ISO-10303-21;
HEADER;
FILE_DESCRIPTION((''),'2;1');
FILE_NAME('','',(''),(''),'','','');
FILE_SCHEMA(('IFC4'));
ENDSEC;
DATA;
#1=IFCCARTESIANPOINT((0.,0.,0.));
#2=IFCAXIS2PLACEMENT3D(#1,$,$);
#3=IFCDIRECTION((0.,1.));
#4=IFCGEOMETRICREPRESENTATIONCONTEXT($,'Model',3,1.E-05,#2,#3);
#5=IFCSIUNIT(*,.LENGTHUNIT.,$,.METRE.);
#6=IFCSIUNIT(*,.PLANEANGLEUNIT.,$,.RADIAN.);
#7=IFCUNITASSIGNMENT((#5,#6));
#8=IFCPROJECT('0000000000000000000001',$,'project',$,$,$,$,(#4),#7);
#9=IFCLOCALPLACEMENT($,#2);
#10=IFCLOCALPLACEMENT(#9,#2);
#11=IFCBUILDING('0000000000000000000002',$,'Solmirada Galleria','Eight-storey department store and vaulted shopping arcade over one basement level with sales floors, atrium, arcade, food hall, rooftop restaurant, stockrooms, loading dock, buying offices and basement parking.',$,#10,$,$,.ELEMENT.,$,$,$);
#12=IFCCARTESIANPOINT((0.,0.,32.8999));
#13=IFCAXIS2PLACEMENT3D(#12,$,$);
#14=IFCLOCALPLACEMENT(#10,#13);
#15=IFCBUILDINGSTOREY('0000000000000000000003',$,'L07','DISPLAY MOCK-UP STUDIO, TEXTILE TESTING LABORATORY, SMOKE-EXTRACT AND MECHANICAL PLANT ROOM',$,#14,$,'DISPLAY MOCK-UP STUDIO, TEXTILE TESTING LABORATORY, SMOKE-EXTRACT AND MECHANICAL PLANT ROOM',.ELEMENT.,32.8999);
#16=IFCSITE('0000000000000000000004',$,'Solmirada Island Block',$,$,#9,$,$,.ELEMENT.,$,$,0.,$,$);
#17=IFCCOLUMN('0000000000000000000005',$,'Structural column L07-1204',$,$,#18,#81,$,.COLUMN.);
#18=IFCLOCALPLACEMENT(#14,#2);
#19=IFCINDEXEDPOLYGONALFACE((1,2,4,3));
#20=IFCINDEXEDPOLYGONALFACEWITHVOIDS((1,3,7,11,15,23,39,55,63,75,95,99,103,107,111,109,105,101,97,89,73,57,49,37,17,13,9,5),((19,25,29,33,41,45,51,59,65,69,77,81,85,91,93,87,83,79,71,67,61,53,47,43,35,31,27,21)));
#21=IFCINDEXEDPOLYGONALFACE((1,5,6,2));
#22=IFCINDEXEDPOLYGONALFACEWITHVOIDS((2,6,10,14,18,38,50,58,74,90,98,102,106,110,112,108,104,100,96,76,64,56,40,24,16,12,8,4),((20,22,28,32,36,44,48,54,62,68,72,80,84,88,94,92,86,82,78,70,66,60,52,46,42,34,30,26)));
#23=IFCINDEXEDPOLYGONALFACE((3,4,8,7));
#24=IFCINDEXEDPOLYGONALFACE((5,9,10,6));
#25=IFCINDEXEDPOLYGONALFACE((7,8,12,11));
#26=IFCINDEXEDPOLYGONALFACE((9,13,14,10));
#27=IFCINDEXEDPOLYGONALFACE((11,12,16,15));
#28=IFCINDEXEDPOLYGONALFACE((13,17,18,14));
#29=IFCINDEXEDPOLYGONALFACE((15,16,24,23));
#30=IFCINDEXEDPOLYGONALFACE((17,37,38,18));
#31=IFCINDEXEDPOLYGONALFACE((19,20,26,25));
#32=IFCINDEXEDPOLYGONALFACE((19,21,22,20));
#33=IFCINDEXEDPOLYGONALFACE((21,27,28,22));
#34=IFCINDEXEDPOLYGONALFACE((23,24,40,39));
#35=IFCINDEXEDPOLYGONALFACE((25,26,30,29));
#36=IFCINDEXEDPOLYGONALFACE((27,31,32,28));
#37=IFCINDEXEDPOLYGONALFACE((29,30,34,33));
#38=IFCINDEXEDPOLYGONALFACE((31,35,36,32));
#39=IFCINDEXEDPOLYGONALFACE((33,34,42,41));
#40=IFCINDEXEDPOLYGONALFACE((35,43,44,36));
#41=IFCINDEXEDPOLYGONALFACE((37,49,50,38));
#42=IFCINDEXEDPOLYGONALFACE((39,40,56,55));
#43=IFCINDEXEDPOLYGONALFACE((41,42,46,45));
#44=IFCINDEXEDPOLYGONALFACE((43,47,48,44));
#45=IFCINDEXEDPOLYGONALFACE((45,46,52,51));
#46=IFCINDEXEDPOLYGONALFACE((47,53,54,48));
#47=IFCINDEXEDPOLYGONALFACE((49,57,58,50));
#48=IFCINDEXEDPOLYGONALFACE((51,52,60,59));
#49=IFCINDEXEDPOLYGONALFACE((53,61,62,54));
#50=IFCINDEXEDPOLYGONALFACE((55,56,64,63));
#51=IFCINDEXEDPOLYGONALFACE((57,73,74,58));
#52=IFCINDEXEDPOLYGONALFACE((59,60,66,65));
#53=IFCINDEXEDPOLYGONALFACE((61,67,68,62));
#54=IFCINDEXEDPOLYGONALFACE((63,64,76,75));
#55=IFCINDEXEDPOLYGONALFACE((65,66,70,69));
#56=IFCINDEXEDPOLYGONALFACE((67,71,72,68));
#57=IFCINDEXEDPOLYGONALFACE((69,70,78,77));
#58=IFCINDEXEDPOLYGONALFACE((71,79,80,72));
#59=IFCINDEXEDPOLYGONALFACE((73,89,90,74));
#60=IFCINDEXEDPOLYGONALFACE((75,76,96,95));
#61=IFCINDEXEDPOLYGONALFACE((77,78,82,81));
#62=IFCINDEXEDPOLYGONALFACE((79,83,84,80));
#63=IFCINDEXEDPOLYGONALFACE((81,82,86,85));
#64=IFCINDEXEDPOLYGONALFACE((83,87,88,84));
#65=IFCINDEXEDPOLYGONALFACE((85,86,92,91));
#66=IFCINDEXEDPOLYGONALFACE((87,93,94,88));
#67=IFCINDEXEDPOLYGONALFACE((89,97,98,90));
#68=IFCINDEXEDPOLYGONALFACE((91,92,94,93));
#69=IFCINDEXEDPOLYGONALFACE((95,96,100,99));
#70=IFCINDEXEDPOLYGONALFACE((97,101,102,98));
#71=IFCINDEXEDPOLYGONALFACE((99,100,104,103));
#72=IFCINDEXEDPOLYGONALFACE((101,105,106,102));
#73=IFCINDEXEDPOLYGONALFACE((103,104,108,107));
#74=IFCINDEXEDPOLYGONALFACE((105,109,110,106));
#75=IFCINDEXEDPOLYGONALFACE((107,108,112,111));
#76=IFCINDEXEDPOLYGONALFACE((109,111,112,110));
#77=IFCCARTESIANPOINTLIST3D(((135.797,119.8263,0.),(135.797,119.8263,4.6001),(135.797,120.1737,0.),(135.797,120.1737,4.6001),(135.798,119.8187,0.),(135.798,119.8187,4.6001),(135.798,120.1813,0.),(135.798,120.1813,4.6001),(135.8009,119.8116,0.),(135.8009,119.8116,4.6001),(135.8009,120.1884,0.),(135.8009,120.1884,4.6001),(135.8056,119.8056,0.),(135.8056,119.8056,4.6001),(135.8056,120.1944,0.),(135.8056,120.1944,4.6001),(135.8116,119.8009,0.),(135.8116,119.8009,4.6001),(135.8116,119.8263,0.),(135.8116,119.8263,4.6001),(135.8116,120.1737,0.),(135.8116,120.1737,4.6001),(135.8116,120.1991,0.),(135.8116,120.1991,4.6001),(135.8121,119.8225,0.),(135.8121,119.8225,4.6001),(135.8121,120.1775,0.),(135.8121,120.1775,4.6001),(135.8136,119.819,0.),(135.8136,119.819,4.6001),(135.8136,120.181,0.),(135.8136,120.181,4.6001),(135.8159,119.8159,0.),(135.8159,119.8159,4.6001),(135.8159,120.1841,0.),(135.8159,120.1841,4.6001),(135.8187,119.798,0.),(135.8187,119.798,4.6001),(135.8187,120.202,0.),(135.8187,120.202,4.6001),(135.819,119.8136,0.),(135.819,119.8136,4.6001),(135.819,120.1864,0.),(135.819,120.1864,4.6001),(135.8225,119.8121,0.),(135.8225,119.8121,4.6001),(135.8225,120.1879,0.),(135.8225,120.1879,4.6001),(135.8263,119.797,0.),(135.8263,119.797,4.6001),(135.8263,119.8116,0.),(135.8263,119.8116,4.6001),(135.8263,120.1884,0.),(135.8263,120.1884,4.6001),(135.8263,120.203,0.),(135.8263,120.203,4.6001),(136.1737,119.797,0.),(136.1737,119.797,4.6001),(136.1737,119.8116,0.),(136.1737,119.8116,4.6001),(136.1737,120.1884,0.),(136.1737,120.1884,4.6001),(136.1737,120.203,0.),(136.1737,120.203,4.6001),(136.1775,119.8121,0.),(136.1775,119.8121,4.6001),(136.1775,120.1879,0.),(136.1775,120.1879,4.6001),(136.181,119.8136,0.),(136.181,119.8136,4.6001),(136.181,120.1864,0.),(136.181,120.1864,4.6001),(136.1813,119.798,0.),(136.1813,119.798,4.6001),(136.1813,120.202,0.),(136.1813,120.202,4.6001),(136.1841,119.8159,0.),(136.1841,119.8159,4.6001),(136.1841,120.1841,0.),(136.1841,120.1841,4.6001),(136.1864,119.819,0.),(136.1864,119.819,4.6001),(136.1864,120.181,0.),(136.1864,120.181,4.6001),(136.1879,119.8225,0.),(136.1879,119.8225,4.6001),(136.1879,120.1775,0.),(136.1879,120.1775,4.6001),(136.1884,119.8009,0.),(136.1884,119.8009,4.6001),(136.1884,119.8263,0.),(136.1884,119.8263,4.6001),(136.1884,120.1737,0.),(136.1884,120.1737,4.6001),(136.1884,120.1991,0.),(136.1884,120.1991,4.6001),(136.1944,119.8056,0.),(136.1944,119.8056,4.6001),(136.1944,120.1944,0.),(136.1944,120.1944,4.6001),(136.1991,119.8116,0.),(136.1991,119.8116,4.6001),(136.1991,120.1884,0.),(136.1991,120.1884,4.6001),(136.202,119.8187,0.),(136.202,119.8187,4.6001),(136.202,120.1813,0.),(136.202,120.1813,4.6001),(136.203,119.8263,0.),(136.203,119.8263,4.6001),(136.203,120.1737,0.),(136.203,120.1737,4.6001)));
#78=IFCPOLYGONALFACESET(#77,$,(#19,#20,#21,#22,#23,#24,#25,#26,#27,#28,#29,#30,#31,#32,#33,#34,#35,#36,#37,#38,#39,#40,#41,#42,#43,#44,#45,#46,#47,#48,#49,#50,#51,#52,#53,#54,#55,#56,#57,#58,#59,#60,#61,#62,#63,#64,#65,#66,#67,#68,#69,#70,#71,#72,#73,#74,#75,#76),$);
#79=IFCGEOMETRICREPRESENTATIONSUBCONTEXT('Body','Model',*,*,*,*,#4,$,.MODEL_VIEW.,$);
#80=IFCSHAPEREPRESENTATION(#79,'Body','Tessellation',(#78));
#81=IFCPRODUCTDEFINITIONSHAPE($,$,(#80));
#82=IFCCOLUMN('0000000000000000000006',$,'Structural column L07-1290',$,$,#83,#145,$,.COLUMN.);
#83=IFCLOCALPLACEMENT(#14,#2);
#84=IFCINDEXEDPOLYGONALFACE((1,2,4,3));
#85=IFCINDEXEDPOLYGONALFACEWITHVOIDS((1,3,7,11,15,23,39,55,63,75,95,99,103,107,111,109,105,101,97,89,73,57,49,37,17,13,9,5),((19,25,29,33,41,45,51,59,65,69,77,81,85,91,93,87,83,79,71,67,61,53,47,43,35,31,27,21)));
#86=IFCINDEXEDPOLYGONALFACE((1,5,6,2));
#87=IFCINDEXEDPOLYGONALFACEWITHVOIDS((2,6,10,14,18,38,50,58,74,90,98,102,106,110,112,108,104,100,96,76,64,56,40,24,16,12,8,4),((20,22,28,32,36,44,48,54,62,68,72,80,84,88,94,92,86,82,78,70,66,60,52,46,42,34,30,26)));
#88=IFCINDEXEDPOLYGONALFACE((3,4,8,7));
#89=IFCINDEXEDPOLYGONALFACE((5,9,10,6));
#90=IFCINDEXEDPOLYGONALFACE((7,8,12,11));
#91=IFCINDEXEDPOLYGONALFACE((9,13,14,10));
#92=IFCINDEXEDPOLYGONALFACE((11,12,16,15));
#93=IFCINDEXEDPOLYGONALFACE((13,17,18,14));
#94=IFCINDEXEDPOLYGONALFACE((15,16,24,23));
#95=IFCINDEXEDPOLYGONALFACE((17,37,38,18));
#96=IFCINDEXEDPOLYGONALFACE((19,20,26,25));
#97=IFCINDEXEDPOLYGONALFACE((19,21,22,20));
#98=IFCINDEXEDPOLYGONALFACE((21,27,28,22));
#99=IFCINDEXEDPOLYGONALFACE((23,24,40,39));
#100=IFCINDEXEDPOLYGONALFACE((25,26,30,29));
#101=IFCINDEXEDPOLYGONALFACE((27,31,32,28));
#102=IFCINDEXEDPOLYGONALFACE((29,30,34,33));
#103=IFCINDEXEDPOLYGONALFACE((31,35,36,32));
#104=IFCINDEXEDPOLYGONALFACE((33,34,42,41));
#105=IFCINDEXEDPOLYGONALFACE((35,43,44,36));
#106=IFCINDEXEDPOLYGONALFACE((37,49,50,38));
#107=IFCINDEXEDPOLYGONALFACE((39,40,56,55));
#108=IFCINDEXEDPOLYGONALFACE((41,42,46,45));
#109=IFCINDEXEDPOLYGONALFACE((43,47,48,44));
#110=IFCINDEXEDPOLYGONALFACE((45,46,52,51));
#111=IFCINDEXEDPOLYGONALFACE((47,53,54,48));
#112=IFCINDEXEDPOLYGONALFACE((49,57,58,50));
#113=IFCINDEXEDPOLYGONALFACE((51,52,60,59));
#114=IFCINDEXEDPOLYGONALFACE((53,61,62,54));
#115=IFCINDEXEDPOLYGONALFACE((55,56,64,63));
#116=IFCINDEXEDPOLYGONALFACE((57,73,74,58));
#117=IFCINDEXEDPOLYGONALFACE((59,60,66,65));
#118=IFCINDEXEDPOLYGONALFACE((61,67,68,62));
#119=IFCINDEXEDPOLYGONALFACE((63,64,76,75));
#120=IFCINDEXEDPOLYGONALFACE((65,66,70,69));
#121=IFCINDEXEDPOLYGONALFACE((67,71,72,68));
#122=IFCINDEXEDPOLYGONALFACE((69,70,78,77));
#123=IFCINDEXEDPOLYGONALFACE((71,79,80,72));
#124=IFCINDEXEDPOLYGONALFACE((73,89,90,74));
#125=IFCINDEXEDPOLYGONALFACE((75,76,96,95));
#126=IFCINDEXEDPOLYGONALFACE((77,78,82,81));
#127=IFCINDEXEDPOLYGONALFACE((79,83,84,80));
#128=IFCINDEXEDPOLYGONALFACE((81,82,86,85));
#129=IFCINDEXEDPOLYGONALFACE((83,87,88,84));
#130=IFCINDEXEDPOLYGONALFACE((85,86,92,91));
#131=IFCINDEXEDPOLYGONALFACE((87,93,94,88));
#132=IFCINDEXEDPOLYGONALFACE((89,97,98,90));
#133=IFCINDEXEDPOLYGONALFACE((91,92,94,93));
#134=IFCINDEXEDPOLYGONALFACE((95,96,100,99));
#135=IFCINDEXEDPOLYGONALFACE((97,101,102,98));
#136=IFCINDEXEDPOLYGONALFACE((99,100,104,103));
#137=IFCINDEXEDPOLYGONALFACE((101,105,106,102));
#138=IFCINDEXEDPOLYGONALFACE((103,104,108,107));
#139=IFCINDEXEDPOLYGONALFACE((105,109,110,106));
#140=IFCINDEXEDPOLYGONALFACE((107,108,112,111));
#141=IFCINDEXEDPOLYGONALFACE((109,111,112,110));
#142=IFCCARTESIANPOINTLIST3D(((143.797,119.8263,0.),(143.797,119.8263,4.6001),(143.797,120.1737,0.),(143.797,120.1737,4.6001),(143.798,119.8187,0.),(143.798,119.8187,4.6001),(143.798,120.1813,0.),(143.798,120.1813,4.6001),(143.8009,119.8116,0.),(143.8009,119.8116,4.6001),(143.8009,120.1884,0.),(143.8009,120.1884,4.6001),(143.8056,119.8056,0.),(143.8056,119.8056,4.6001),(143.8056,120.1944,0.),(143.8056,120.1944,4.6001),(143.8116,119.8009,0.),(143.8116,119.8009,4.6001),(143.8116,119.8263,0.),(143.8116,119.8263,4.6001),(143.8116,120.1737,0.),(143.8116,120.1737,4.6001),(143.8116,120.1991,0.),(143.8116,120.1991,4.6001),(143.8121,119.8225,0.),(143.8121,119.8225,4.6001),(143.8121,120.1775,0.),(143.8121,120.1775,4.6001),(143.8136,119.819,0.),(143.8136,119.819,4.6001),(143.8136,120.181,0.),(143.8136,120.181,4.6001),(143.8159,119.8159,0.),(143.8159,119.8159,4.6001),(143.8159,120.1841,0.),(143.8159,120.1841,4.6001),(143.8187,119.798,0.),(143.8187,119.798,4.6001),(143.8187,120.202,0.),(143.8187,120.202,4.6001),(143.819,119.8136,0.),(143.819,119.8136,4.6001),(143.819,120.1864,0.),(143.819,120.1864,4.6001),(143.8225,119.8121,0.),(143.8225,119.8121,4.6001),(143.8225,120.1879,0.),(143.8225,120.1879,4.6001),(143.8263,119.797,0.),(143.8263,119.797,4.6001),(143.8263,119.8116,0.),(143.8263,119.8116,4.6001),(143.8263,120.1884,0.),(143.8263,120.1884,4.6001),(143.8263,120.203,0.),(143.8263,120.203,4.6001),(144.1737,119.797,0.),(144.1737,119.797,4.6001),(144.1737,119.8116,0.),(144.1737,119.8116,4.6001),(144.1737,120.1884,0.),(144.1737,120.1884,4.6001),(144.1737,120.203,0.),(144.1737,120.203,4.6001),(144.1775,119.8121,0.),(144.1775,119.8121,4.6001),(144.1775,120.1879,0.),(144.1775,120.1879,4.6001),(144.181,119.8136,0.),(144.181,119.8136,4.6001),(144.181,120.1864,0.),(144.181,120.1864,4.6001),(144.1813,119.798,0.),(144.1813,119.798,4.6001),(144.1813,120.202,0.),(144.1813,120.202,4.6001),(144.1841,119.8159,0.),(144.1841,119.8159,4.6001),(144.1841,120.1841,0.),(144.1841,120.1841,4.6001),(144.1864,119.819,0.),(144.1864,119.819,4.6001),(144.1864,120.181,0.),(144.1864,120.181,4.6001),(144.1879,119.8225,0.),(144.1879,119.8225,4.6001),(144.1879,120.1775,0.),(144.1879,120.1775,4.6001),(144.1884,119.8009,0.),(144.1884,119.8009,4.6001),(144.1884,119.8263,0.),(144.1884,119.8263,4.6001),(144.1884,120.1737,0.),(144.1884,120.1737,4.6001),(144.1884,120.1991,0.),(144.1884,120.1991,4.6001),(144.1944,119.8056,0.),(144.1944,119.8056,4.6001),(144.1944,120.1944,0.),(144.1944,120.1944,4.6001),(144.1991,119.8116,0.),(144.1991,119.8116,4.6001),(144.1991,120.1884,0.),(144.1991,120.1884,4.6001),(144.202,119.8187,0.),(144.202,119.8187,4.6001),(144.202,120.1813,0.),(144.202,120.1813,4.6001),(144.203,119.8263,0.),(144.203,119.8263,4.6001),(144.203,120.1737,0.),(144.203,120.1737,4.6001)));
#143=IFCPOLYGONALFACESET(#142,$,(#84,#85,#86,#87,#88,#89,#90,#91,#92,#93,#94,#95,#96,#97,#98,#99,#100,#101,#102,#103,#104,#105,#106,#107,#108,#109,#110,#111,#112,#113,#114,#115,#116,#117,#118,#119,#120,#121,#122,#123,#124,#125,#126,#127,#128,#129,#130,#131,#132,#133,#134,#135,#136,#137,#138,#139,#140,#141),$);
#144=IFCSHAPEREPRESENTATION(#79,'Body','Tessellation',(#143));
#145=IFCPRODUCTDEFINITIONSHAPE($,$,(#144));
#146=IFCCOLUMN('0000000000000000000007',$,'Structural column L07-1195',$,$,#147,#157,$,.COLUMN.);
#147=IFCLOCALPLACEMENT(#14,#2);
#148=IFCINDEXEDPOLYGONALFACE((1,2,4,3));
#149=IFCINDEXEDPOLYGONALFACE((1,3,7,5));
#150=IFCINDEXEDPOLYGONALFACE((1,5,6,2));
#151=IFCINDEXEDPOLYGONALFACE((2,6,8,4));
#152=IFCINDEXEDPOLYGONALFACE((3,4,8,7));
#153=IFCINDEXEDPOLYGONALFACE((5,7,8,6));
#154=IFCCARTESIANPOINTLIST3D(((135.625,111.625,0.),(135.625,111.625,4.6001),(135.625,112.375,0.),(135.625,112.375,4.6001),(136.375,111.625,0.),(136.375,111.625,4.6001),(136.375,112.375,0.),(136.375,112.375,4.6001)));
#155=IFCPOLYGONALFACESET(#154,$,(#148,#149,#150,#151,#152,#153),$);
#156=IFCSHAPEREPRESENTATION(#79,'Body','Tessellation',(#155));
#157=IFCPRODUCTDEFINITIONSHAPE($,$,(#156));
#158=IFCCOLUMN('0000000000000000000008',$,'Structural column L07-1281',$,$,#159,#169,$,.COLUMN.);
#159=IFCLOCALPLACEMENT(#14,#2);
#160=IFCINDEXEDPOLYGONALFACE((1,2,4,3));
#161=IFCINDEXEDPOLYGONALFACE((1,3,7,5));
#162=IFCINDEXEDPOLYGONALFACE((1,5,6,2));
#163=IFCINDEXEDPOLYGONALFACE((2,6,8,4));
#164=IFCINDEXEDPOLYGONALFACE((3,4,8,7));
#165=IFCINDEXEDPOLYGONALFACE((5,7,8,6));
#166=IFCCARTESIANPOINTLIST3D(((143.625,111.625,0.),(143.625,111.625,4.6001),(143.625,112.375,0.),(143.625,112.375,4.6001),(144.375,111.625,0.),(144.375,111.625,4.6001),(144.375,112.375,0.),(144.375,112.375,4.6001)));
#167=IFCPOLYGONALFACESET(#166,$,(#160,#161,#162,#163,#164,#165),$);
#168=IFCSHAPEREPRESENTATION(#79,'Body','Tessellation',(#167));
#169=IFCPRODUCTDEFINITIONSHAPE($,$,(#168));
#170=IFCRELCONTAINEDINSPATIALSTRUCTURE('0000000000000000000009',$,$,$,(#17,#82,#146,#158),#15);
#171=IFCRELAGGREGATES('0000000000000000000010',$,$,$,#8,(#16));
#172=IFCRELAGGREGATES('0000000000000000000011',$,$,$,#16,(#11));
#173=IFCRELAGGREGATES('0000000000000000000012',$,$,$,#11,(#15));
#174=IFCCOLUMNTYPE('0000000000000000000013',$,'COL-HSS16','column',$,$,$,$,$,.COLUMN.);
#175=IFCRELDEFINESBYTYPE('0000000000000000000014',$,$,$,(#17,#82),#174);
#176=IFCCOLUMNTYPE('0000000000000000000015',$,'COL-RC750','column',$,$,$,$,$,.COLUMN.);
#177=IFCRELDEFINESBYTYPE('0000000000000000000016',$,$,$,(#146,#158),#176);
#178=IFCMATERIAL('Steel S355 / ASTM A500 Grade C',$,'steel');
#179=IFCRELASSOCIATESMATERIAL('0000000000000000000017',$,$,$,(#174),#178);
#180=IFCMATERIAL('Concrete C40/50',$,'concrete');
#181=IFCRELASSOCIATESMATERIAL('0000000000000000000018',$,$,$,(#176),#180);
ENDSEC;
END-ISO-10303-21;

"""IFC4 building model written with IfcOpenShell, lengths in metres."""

from ifc_helpers import new_model, si_unit, direction, frame, origin, origin_2d, place, context, subcontext, project, spatial, rectangle, hollow_rectangle, extrude, material, material_profile, profile_set, type_object, element, save


model = new_model("IFC4")

# Units and contexts
model_context = context("Model", 3, precision=1e-05, world=origin(), true_north=direction((0.0, 1.0)))
body_context = subcontext(model_context, "Body", "Model", "MODEL_VIEW")
ifc_project = project(units=[si_unit("LENGTHUNIT", "METRE"), si_unit("PLANEANGLEUNIT", "RADIAN")], contexts=[model_context])

# Site, building, storey
site_placement = place(None, origin())
site = spatial("IfcSite", under=ifc_project, at=site_placement, Name="Solmirada Island Block", CompositionType="ELEMENT", RefElevation=0.0)
building_placement = place(site_placement, origin())
building = spatial("IfcBuilding", under=site, at=building_placement, Name="Solmirada Galleria", Description="Eight-storey department store and vaulted shopping arcade over one basement level with sales floors, atrium, arcade, food hall, rooftop restaurant, stockrooms, loading dock, buying offices and basement parking.", CompositionType="ELEMENT")
storey_placement = place(building_placement, frame((0.0, 0.0, 32.8999)))
storey = spatial("IfcBuildingStorey", under=building, at=storey_placement, Name="L07", Description="DISPLAY MOCK-UP STUDIO, TEXTILE TESTING LABORATORY, SMOKE-EXTRACT AND MECHANICAL PLANT ROOM", LongName="DISPLAY MOCK-UP STUDIO, TEXTILE TESTING LABORATORY, SMOKE-EXTRACT AND MECHANICAL PLANT ROOM", CompositionType="ELEMENT", Elevation=32.8999)

# Columns
ifc_material_1 = material(Name="Steel S355 / ASTM A500 Grade C", Category="steel")
ifc_material_profile_1 = material_profile(ifc_material_1, hollow_rectangle(XDim=0.406, YDim=0.406, WallThickness=0.0146, InnerFilletRadius=0.0146, OuterFilletRadius=0.0293, at=origin_2d()), Name="HSS16X16X5/8")
ifc_profile_set_1 = profile_set([ifc_material_profile_1], Name="Steel S355 / ASTM A500 Grade C")
column_type_1 = type_object("IfcColumnType", Name="COL-HSS16", Description="column", PredefinedType="COLUMN", material=ifc_profile_set_1)
for number, where, z_axis, x_axis, name in (
    (1, (136.0, 120.0, 0.0), (0.0, 0.0, 1.0), (1.0, 0.0, 0.0), "Structural column L07-1204"),
    (2, (144.0, 120.0, 0.0), (0.0, 0.0, 1.0), (1.0, 0.0, 0.0), "Structural column L07-1290"),
):
    element("IfcColumn", number, at=place(storey_placement, frame(where, z_axis=z_axis, x_axis=x_axis)), inside=storey, type_object=column_type_1, Name=name, PredefinedType="COLUMN", context=body_context, shape_type="SweptSolid", body=[
        extrude(hollow_rectangle(XDim=0.406, YDim=0.406, WallThickness=0.0146, InnerFilletRadius=0.0146, OuterFilletRadius=0.0293, at=origin_2d()), origin(), (0.0, 0.0, 1.0), 4.6001),
    ])
ifc_material_2 = material(Name="Concrete C40/50", Category="concrete")
ifc_material_profile_2 = material_profile(ifc_material_2, rectangle(XDim=0.75, YDim=0.75, at=origin_2d()), Name="RC750X750")
ifc_profile_set_2 = profile_set([ifc_material_profile_2], Name="Concrete C40/50")
column_type_2 = type_object("IfcColumnType", Name="COL-RC750", Description="column", PredefinedType="COLUMN", material=ifc_profile_set_2)
for number, where, z_axis, x_axis, name in (
    (3, (136.0, 112.0, 0.0), (0.0, 0.0, 1.0), (1.0, 0.0, 0.0), "Structural column L07-1195"),
    (4, (144.0, 112.0, 0.0), (0.0, 0.0, 1.0), (1.0, 0.0, 0.0), "Structural column L07-1281"),
):
    element("IfcColumn", number, at=place(storey_placement, frame(where, z_axis=z_axis, x_axis=x_axis)), inside=storey, type_object=column_type_2, Name=name, PredefinedType="COLUMN", context=body_context, shape_type="SweptSolid", body=[
        extrude(rectangle(XDim=0.75, YDim=0.75, at=origin_2d()), origin(), (0.0, 0.0, 1.0), 4.6001),
    ])

save(model, "model.ifc")
